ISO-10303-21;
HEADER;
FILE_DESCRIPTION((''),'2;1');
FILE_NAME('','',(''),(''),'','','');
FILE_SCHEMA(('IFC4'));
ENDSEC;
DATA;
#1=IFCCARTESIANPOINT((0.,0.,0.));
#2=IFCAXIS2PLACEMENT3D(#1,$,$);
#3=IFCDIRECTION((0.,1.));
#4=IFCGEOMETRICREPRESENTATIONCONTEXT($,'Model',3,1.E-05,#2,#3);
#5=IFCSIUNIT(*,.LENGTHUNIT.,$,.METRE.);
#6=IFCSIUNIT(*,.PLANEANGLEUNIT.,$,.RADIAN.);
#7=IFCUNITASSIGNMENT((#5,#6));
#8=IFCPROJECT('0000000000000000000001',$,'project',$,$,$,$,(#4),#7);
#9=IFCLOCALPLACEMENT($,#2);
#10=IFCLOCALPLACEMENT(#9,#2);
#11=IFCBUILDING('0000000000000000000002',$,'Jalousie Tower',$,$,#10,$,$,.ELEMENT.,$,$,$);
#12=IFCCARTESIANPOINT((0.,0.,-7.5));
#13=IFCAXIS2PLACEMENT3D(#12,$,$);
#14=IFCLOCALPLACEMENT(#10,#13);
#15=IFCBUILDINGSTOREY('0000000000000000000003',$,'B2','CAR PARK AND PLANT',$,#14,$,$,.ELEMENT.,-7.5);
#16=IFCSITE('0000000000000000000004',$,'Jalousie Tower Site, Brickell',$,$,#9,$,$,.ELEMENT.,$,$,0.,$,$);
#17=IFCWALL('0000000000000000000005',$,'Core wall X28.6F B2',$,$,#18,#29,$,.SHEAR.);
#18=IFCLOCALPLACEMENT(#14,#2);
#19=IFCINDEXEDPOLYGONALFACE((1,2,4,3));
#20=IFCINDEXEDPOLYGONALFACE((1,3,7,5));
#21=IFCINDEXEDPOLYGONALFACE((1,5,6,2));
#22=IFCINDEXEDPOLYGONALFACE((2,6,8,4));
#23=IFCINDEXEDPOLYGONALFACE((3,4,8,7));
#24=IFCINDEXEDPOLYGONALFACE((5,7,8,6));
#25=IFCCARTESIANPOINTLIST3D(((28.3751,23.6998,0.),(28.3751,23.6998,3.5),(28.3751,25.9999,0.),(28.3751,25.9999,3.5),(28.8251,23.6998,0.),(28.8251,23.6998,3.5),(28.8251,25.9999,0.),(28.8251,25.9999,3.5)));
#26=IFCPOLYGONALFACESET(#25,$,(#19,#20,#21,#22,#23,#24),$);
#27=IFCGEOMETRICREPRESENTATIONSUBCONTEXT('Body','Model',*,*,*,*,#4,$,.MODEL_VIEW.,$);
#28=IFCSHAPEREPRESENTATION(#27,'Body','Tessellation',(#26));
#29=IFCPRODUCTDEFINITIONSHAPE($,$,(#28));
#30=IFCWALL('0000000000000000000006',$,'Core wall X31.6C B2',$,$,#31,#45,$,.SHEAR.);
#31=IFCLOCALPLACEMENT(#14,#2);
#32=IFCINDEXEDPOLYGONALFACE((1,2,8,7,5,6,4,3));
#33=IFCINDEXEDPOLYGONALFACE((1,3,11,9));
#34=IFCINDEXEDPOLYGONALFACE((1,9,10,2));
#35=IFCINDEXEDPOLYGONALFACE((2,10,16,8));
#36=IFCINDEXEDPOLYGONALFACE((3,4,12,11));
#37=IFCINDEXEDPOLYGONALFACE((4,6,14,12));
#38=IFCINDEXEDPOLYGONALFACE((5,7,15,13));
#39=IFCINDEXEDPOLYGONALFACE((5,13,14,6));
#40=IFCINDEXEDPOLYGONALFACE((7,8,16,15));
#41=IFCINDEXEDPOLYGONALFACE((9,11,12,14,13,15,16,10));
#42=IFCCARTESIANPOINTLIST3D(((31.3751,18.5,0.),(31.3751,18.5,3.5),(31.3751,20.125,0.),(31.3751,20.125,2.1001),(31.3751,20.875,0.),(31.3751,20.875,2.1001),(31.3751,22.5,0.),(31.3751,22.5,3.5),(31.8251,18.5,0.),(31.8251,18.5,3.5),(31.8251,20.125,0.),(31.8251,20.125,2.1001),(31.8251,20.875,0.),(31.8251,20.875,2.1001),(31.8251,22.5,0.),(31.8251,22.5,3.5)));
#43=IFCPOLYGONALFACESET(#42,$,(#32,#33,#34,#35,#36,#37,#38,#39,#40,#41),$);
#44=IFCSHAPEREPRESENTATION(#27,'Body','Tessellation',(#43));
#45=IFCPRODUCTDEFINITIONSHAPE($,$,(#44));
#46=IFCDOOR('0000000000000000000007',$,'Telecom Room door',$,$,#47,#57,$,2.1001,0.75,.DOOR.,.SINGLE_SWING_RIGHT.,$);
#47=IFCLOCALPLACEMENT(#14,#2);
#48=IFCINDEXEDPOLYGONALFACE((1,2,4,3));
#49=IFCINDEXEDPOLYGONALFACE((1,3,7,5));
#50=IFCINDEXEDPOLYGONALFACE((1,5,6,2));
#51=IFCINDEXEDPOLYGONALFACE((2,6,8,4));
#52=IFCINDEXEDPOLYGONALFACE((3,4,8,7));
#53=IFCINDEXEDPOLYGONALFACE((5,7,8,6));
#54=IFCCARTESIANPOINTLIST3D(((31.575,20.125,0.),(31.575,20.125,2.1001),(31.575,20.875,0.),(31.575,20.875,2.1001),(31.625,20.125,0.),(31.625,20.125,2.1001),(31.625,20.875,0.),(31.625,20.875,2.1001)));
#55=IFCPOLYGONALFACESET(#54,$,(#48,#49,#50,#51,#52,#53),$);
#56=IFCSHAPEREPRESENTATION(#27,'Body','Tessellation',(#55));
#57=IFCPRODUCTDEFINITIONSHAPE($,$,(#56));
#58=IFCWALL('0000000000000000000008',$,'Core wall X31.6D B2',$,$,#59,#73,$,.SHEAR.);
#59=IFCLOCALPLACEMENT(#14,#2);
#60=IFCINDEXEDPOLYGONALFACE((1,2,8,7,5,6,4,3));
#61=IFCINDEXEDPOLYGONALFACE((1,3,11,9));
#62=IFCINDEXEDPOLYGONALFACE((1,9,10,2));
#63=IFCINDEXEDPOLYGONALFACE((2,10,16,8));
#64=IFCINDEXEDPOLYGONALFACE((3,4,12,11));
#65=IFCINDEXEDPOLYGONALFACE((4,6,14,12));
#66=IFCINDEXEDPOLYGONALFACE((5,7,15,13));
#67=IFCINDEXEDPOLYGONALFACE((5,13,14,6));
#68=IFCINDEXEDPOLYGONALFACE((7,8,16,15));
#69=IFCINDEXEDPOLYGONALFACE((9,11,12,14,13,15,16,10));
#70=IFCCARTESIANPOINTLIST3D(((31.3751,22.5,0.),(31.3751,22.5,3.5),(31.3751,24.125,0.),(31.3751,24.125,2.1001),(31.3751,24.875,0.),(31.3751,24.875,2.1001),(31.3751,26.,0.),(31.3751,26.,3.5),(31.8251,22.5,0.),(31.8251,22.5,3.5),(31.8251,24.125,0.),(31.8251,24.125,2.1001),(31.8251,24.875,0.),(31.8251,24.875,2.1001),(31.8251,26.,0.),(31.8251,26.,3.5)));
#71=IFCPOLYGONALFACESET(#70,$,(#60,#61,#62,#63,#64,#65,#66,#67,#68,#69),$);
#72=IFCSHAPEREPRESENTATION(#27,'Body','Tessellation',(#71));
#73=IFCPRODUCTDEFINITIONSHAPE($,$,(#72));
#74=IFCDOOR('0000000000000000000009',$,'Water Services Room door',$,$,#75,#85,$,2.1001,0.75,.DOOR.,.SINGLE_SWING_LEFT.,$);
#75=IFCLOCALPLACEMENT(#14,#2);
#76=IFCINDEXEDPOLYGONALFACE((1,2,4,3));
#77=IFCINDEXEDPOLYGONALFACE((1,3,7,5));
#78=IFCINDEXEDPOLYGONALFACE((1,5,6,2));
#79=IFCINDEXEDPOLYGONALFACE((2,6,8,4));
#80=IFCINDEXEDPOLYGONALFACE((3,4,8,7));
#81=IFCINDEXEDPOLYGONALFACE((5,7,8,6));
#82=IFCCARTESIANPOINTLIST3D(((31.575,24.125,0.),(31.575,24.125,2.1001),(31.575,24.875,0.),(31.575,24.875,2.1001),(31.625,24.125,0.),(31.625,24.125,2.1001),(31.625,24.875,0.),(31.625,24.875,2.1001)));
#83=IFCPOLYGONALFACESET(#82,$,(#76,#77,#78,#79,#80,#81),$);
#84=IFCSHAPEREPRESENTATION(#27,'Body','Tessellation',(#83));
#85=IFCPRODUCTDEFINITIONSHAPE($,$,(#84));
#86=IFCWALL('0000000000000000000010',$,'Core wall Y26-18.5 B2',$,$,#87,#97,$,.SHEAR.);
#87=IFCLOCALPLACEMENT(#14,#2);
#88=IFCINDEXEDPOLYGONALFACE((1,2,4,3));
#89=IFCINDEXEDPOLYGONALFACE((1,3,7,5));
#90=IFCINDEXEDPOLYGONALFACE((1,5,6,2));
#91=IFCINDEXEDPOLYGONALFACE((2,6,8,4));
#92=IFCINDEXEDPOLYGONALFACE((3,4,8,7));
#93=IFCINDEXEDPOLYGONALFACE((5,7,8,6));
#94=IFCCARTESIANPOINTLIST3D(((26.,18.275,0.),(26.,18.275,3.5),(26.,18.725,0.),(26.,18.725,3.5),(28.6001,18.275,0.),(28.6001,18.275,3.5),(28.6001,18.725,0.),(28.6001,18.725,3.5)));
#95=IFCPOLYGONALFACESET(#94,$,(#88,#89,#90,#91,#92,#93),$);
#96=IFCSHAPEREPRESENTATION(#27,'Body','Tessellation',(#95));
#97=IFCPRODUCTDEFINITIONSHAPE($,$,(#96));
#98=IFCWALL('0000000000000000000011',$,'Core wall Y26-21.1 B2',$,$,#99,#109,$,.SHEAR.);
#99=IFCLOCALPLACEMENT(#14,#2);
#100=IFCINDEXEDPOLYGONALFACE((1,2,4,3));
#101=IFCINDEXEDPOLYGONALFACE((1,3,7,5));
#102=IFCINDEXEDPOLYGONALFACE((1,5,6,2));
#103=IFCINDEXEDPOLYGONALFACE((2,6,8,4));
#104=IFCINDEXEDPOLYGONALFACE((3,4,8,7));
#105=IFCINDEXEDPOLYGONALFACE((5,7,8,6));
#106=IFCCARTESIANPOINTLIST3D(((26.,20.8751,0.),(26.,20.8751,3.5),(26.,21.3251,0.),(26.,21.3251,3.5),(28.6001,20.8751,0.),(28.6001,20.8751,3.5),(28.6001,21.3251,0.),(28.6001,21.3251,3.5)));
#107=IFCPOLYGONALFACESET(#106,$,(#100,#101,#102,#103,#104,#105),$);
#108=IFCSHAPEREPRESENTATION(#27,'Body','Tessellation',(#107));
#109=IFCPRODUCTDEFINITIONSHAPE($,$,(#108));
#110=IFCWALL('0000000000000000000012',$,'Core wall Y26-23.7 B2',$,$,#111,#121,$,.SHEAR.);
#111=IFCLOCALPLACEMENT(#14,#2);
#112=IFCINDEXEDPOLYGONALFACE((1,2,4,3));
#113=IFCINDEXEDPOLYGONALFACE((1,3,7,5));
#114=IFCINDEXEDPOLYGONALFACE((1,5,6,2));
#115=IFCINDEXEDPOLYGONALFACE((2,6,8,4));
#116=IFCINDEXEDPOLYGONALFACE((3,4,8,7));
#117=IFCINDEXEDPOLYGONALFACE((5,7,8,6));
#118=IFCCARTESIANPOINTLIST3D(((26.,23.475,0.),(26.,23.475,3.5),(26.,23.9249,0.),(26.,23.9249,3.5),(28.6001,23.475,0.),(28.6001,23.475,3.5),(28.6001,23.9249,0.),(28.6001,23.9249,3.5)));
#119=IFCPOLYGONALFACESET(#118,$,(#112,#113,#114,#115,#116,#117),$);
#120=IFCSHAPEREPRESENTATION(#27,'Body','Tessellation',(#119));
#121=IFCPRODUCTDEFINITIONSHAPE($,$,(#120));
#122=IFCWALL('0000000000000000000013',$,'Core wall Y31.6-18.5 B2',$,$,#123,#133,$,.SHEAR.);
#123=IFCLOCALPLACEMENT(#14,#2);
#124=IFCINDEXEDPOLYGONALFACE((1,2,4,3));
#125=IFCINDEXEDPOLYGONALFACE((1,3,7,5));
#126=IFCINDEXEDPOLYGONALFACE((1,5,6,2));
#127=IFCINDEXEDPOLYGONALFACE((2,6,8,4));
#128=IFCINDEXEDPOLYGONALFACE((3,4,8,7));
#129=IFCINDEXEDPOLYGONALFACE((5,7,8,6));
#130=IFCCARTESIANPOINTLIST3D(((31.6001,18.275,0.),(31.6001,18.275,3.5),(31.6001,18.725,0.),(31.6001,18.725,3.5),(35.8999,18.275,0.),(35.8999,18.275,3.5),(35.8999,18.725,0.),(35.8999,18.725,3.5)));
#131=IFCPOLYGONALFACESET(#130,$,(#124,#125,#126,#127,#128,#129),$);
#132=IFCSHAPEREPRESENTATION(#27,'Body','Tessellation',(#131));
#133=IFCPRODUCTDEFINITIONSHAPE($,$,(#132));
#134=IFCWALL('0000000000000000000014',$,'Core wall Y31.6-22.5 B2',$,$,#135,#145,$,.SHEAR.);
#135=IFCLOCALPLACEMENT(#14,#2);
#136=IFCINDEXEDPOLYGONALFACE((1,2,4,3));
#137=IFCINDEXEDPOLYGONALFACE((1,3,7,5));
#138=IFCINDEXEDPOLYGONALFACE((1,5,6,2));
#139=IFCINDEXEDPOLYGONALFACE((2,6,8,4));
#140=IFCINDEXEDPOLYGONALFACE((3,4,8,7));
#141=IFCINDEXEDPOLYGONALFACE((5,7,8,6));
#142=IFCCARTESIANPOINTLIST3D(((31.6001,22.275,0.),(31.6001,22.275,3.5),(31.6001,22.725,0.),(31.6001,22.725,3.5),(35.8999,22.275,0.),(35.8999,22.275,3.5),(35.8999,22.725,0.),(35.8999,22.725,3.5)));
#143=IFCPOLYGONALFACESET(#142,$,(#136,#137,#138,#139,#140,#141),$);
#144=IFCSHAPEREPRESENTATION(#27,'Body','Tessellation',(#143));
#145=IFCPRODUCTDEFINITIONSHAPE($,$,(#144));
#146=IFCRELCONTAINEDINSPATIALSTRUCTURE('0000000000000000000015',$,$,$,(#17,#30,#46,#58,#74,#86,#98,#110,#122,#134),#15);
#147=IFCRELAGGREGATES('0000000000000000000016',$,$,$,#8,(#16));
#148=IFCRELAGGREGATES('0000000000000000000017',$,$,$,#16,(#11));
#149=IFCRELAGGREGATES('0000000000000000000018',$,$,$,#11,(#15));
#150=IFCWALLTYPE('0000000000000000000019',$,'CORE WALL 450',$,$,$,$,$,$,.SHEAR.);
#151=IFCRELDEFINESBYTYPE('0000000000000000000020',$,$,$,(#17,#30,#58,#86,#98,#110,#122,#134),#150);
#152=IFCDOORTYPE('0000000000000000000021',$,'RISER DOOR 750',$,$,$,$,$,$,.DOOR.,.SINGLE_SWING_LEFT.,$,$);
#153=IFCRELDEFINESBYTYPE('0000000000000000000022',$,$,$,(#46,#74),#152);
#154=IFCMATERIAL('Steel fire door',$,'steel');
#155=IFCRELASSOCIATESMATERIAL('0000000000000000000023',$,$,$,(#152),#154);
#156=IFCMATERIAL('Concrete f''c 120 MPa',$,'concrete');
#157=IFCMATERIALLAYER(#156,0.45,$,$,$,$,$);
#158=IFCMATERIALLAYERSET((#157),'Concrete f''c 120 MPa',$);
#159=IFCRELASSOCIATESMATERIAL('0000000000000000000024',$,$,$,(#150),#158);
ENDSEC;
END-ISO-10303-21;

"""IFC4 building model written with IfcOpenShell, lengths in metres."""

from ifc_helpers import new_model, si_unit, direction, frame, frame_2d, origin, place, context, subcontext, project, spatial, rectangle, extrude, material, layer, layer_set, type_object, element, fill, save


model = new_model("IFC4")

# Units and contexts
model_context = context("Model", 3, precision=1e-05, world=origin(), true_north=direction((0.0, 1.0)))
body_context = subcontext(model_context, "Body", "Model", "MODEL_VIEW")
ifc_project = project(units=[si_unit("LENGTHUNIT", "METRE"), si_unit("PLANEANGLEUNIT", "RADIAN")], contexts=[model_context])

# Site, building, storey
site_placement = place(None, origin())
site = spatial("IfcSite", under=ifc_project, at=site_placement, Name="Jalousie Tower Site, Brickell", CompositionType="ELEMENT", RefElevation=0.0)
building_placement = place(site_placement, origin())
building = spatial("IfcBuilding", under=site, at=building_placement, Name="Jalousie Tower", CompositionType="ELEMENT")
storey_placement = place(building_placement, frame((0.0, 0.0, -7.5)))
storey = spatial("IfcBuildingStorey", under=building, at=storey_placement, Name="B2", Description="CAR PARK AND PLANT", CompositionType="ELEMENT", Elevation=-7.5)

# Shared definitions
ifc_material_1 = material(Name="Steel fire door", Category="steel")
door_type_1 = type_object("IfcDoorType", Name="RISER DOOR 750", OperationType="SINGLE_SWING_LEFT", PredefinedType="DOOR", material=ifc_material_1)

# Wall
ifc_material_2 = material(Name="Concrete f'c 120 MPa", Category="concrete")
ifc_layer_1 = layer(ifc_material_2, 0.45)
ifc_layer_set_1 = layer_set([ifc_layer_1], Name="Concrete f'c 120 MPa")
wall_type_1 = type_object("IfcWallType", Name="CORE WALL 450", PredefinedType="SHEAR", material=ifc_layer_set_1)
wall_1_placement = place(storey_placement, frame((28.6001, 23.7, 0.0), z_axis=(0.0, 0.0, 1.0), x_axis=(0.0, 1.0, 0.0)))
element("IfcWall", 1, at=wall_1_placement, inside=storey, type_object=wall_type_1, Name="Core wall X28.6F B2", PredefinedType="SHEAR", context=body_context, shape_type="SweptSolid", body=[
    extrude(rectangle(XDim=2.3, YDim=0.45, at=frame_2d((1.1499, 0.0))), origin(), (0.0, 0.0, 1.0), 3.5),
])

# Walls, openings, doors
wall_2_placement = place(storey_placement, frame((31.6001, 18.5, 0.0), z_axis=(0.0, 0.0, 1.0), x_axis=(0.0, 1.0, 0.0)))
wall_2 = element("IfcWall", 2, at=wall_2_placement, inside=storey, type_object=wall_type_1, Name="Core wall X31.6C B2", PredefinedType="SHEAR", context=body_context, shape_type="SweptSolid", body=[
    extrude(rectangle(XDim=4.0, YDim=0.45, at=frame_2d((2.0, 0.0))), origin(), (0.0, 0.0, 1.0), 3.5),
])
opening_1_placement = place(wall_2_placement, frame((1.625, 0.0, 0.0)))
opening_1 = element("IfcOpeningElement", 3, at=opening_1_placement, cuts=wall_2, PredefinedType="OPENING", context=body_context, shape_type="SweptSolid", body=[
    extrude(rectangle(XDim=0.75, YDim=2.1001, at=frame_2d((0.375, 1.05))), frame((0.0, 0.2349, 0.0), z_axis=(0.0, -1.0, 0.0), x_axis=(1.0, 0.0, 0.0)), (0.0, 0.0, 1.0), 0.47),
])
door_1_placement = place(opening_1_placement, frame((0.75, 0.0, 0.0), z_axis=(0.0, 0.0, 1.0), x_axis=(-1.0, 0.0, 0.0)))
door_1 = element("IfcDoor", 4, at=door_1_placement, inside=storey, type_object=door_type_1, Name="Telecom Room door", OperationType="SINGLE_SWING_RIGHT", OverallHeight=2.1001, OverallWidth=0.75, PredefinedType="DOOR", context=body_context, shape_type="SweptSolid", body=[
    extrude(rectangle(XDim=0.75, YDim=2.1001, at=frame_2d((0.375, 1.05))), frame((0.0, 0.0249, 0.0), z_axis=(0.0, -1.0, 0.0), x_axis=(1.0, 0.0, 0.0)), (0.0, 0.0, 1.0), 0.05),
])
fill(opening_1, door_1)
wall_3_placement = place(storey_placement, frame((31.6001, 22.5, 0.0), z_axis=(0.0, 0.0, 1.0), x_axis=(0.0, 1.0, 0.0)))
wall_3 = element("IfcWall", 5, at=wall_3_placement, inside=storey, type_object=wall_type_1, Name="Core wall X31.6D B2", PredefinedType="SHEAR", context=body_context, shape_type="SweptSolid", body=[
    extrude(rectangle(XDim=3.5, YDim=0.45, at=frame_2d((1.75, 0.0))), origin(), (0.0, 0.0, 1.0), 3.5),
])
opening_2_placement = place(wall_3_placement, frame((1.625, 0.0, 0.0)))
opening_2 = element("IfcOpeningElement", 6, at=opening_2_placement, cuts=wall_3, PredefinedType="OPENING", context=body_context, shape_type="SweptSolid", body=[
    extrude(rectangle(XDim=0.75, YDim=2.1001, at=frame_2d((0.375, 1.05))), frame((0.0, 0.2349, 0.0), z_axis=(0.0, -1.0, 0.0), x_axis=(1.0, 0.0, 0.0)), (0.0, 0.0, 1.0), 0.47),
])
door_2_placement = place(opening_2_placement, frame((0.75, 0.0, 0.0), z_axis=(0.0, 0.0, 1.0), x_axis=(-1.0, 0.0, 0.0)))
door_2 = element("IfcDoor", 7, at=door_2_placement, inside=storey, type_object=door_type_1, Name="Water Services Room door", OperationType="SINGLE_SWING_LEFT", OverallHeight=2.1001, OverallWidth=0.75, PredefinedType="DOOR", context=body_context, shape_type="SweptSolid", body=[
    extrude(rectangle(XDim=0.75, YDim=2.1001, at=frame_2d((0.375, 1.05))), frame((0.0, 0.0249, 0.0), z_axis=(0.0, -1.0, 0.0), x_axis=(1.0, 0.0, 0.0)), (0.0, 0.0, 1.0), 0.05),
])
fill(opening_2, door_2)

# Walls
for number, where, z_axis, x_axis, name in (
    (8, (26.0, 18.5, 0.0), (0.0, 0.0, 1.0), (1.0, 0.0, 0.0), "Core wall Y26-18.5 B2"),
    (9, (26.0, 21.1001, 0.0), (0.0, 0.0, 1.0), (1.0, 0.0, 0.0), "Core wall Y26-21.1 B2"),
    (10, (26.0, 23.7, 0.0), (0.0, 0.0, 1.0), (1.0, 0.0, 0.0), "Core wall Y26-23.7 B2"),
):
    element("IfcWall", number, at=place(storey_placement, frame(where, z_axis=z_axis, x_axis=x_axis)), inside=storey, type_object=wall_type_1, Name=name, PredefinedType="SHEAR", context=body_context, shape_type="SweptSolid", body=[
        extrude(rectangle(XDim=2.6001, YDim=0.45, at=frame_2d((1.3, 0.0))), origin(), (0.0, 0.0, 1.0), 3.5),
    ])
for number, where, z_axis, x_axis, name in (
    (11, (31.6001, 18.5, 0.0), (0.0, 0.0, 1.0), (1.0, 0.0, 0.0), "Core wall Y31.6-18.5 B2"),
    (12, (31.6001, 22.5, 0.0), (0.0, 0.0, 1.0), (1.0, 0.0, 0.0), "Core wall Y31.6-22.5 B2"),
):
    element("IfcWall", number, at=place(storey_placement, frame(where, z_axis=z_axis, x_axis=x_axis)), inside=storey, type_object=wall_type_1, Name=name, PredefinedType="SHEAR", context=body_context, shape_type="SweptSolid", body=[
        extrude(rectangle(XDim=4.2998, YDim=0.45, at=frame_2d((2.1499, 0.0))), origin(), (0.0, 0.0, 1.0), 3.5),
    ])

save(model, "model.ifc")
